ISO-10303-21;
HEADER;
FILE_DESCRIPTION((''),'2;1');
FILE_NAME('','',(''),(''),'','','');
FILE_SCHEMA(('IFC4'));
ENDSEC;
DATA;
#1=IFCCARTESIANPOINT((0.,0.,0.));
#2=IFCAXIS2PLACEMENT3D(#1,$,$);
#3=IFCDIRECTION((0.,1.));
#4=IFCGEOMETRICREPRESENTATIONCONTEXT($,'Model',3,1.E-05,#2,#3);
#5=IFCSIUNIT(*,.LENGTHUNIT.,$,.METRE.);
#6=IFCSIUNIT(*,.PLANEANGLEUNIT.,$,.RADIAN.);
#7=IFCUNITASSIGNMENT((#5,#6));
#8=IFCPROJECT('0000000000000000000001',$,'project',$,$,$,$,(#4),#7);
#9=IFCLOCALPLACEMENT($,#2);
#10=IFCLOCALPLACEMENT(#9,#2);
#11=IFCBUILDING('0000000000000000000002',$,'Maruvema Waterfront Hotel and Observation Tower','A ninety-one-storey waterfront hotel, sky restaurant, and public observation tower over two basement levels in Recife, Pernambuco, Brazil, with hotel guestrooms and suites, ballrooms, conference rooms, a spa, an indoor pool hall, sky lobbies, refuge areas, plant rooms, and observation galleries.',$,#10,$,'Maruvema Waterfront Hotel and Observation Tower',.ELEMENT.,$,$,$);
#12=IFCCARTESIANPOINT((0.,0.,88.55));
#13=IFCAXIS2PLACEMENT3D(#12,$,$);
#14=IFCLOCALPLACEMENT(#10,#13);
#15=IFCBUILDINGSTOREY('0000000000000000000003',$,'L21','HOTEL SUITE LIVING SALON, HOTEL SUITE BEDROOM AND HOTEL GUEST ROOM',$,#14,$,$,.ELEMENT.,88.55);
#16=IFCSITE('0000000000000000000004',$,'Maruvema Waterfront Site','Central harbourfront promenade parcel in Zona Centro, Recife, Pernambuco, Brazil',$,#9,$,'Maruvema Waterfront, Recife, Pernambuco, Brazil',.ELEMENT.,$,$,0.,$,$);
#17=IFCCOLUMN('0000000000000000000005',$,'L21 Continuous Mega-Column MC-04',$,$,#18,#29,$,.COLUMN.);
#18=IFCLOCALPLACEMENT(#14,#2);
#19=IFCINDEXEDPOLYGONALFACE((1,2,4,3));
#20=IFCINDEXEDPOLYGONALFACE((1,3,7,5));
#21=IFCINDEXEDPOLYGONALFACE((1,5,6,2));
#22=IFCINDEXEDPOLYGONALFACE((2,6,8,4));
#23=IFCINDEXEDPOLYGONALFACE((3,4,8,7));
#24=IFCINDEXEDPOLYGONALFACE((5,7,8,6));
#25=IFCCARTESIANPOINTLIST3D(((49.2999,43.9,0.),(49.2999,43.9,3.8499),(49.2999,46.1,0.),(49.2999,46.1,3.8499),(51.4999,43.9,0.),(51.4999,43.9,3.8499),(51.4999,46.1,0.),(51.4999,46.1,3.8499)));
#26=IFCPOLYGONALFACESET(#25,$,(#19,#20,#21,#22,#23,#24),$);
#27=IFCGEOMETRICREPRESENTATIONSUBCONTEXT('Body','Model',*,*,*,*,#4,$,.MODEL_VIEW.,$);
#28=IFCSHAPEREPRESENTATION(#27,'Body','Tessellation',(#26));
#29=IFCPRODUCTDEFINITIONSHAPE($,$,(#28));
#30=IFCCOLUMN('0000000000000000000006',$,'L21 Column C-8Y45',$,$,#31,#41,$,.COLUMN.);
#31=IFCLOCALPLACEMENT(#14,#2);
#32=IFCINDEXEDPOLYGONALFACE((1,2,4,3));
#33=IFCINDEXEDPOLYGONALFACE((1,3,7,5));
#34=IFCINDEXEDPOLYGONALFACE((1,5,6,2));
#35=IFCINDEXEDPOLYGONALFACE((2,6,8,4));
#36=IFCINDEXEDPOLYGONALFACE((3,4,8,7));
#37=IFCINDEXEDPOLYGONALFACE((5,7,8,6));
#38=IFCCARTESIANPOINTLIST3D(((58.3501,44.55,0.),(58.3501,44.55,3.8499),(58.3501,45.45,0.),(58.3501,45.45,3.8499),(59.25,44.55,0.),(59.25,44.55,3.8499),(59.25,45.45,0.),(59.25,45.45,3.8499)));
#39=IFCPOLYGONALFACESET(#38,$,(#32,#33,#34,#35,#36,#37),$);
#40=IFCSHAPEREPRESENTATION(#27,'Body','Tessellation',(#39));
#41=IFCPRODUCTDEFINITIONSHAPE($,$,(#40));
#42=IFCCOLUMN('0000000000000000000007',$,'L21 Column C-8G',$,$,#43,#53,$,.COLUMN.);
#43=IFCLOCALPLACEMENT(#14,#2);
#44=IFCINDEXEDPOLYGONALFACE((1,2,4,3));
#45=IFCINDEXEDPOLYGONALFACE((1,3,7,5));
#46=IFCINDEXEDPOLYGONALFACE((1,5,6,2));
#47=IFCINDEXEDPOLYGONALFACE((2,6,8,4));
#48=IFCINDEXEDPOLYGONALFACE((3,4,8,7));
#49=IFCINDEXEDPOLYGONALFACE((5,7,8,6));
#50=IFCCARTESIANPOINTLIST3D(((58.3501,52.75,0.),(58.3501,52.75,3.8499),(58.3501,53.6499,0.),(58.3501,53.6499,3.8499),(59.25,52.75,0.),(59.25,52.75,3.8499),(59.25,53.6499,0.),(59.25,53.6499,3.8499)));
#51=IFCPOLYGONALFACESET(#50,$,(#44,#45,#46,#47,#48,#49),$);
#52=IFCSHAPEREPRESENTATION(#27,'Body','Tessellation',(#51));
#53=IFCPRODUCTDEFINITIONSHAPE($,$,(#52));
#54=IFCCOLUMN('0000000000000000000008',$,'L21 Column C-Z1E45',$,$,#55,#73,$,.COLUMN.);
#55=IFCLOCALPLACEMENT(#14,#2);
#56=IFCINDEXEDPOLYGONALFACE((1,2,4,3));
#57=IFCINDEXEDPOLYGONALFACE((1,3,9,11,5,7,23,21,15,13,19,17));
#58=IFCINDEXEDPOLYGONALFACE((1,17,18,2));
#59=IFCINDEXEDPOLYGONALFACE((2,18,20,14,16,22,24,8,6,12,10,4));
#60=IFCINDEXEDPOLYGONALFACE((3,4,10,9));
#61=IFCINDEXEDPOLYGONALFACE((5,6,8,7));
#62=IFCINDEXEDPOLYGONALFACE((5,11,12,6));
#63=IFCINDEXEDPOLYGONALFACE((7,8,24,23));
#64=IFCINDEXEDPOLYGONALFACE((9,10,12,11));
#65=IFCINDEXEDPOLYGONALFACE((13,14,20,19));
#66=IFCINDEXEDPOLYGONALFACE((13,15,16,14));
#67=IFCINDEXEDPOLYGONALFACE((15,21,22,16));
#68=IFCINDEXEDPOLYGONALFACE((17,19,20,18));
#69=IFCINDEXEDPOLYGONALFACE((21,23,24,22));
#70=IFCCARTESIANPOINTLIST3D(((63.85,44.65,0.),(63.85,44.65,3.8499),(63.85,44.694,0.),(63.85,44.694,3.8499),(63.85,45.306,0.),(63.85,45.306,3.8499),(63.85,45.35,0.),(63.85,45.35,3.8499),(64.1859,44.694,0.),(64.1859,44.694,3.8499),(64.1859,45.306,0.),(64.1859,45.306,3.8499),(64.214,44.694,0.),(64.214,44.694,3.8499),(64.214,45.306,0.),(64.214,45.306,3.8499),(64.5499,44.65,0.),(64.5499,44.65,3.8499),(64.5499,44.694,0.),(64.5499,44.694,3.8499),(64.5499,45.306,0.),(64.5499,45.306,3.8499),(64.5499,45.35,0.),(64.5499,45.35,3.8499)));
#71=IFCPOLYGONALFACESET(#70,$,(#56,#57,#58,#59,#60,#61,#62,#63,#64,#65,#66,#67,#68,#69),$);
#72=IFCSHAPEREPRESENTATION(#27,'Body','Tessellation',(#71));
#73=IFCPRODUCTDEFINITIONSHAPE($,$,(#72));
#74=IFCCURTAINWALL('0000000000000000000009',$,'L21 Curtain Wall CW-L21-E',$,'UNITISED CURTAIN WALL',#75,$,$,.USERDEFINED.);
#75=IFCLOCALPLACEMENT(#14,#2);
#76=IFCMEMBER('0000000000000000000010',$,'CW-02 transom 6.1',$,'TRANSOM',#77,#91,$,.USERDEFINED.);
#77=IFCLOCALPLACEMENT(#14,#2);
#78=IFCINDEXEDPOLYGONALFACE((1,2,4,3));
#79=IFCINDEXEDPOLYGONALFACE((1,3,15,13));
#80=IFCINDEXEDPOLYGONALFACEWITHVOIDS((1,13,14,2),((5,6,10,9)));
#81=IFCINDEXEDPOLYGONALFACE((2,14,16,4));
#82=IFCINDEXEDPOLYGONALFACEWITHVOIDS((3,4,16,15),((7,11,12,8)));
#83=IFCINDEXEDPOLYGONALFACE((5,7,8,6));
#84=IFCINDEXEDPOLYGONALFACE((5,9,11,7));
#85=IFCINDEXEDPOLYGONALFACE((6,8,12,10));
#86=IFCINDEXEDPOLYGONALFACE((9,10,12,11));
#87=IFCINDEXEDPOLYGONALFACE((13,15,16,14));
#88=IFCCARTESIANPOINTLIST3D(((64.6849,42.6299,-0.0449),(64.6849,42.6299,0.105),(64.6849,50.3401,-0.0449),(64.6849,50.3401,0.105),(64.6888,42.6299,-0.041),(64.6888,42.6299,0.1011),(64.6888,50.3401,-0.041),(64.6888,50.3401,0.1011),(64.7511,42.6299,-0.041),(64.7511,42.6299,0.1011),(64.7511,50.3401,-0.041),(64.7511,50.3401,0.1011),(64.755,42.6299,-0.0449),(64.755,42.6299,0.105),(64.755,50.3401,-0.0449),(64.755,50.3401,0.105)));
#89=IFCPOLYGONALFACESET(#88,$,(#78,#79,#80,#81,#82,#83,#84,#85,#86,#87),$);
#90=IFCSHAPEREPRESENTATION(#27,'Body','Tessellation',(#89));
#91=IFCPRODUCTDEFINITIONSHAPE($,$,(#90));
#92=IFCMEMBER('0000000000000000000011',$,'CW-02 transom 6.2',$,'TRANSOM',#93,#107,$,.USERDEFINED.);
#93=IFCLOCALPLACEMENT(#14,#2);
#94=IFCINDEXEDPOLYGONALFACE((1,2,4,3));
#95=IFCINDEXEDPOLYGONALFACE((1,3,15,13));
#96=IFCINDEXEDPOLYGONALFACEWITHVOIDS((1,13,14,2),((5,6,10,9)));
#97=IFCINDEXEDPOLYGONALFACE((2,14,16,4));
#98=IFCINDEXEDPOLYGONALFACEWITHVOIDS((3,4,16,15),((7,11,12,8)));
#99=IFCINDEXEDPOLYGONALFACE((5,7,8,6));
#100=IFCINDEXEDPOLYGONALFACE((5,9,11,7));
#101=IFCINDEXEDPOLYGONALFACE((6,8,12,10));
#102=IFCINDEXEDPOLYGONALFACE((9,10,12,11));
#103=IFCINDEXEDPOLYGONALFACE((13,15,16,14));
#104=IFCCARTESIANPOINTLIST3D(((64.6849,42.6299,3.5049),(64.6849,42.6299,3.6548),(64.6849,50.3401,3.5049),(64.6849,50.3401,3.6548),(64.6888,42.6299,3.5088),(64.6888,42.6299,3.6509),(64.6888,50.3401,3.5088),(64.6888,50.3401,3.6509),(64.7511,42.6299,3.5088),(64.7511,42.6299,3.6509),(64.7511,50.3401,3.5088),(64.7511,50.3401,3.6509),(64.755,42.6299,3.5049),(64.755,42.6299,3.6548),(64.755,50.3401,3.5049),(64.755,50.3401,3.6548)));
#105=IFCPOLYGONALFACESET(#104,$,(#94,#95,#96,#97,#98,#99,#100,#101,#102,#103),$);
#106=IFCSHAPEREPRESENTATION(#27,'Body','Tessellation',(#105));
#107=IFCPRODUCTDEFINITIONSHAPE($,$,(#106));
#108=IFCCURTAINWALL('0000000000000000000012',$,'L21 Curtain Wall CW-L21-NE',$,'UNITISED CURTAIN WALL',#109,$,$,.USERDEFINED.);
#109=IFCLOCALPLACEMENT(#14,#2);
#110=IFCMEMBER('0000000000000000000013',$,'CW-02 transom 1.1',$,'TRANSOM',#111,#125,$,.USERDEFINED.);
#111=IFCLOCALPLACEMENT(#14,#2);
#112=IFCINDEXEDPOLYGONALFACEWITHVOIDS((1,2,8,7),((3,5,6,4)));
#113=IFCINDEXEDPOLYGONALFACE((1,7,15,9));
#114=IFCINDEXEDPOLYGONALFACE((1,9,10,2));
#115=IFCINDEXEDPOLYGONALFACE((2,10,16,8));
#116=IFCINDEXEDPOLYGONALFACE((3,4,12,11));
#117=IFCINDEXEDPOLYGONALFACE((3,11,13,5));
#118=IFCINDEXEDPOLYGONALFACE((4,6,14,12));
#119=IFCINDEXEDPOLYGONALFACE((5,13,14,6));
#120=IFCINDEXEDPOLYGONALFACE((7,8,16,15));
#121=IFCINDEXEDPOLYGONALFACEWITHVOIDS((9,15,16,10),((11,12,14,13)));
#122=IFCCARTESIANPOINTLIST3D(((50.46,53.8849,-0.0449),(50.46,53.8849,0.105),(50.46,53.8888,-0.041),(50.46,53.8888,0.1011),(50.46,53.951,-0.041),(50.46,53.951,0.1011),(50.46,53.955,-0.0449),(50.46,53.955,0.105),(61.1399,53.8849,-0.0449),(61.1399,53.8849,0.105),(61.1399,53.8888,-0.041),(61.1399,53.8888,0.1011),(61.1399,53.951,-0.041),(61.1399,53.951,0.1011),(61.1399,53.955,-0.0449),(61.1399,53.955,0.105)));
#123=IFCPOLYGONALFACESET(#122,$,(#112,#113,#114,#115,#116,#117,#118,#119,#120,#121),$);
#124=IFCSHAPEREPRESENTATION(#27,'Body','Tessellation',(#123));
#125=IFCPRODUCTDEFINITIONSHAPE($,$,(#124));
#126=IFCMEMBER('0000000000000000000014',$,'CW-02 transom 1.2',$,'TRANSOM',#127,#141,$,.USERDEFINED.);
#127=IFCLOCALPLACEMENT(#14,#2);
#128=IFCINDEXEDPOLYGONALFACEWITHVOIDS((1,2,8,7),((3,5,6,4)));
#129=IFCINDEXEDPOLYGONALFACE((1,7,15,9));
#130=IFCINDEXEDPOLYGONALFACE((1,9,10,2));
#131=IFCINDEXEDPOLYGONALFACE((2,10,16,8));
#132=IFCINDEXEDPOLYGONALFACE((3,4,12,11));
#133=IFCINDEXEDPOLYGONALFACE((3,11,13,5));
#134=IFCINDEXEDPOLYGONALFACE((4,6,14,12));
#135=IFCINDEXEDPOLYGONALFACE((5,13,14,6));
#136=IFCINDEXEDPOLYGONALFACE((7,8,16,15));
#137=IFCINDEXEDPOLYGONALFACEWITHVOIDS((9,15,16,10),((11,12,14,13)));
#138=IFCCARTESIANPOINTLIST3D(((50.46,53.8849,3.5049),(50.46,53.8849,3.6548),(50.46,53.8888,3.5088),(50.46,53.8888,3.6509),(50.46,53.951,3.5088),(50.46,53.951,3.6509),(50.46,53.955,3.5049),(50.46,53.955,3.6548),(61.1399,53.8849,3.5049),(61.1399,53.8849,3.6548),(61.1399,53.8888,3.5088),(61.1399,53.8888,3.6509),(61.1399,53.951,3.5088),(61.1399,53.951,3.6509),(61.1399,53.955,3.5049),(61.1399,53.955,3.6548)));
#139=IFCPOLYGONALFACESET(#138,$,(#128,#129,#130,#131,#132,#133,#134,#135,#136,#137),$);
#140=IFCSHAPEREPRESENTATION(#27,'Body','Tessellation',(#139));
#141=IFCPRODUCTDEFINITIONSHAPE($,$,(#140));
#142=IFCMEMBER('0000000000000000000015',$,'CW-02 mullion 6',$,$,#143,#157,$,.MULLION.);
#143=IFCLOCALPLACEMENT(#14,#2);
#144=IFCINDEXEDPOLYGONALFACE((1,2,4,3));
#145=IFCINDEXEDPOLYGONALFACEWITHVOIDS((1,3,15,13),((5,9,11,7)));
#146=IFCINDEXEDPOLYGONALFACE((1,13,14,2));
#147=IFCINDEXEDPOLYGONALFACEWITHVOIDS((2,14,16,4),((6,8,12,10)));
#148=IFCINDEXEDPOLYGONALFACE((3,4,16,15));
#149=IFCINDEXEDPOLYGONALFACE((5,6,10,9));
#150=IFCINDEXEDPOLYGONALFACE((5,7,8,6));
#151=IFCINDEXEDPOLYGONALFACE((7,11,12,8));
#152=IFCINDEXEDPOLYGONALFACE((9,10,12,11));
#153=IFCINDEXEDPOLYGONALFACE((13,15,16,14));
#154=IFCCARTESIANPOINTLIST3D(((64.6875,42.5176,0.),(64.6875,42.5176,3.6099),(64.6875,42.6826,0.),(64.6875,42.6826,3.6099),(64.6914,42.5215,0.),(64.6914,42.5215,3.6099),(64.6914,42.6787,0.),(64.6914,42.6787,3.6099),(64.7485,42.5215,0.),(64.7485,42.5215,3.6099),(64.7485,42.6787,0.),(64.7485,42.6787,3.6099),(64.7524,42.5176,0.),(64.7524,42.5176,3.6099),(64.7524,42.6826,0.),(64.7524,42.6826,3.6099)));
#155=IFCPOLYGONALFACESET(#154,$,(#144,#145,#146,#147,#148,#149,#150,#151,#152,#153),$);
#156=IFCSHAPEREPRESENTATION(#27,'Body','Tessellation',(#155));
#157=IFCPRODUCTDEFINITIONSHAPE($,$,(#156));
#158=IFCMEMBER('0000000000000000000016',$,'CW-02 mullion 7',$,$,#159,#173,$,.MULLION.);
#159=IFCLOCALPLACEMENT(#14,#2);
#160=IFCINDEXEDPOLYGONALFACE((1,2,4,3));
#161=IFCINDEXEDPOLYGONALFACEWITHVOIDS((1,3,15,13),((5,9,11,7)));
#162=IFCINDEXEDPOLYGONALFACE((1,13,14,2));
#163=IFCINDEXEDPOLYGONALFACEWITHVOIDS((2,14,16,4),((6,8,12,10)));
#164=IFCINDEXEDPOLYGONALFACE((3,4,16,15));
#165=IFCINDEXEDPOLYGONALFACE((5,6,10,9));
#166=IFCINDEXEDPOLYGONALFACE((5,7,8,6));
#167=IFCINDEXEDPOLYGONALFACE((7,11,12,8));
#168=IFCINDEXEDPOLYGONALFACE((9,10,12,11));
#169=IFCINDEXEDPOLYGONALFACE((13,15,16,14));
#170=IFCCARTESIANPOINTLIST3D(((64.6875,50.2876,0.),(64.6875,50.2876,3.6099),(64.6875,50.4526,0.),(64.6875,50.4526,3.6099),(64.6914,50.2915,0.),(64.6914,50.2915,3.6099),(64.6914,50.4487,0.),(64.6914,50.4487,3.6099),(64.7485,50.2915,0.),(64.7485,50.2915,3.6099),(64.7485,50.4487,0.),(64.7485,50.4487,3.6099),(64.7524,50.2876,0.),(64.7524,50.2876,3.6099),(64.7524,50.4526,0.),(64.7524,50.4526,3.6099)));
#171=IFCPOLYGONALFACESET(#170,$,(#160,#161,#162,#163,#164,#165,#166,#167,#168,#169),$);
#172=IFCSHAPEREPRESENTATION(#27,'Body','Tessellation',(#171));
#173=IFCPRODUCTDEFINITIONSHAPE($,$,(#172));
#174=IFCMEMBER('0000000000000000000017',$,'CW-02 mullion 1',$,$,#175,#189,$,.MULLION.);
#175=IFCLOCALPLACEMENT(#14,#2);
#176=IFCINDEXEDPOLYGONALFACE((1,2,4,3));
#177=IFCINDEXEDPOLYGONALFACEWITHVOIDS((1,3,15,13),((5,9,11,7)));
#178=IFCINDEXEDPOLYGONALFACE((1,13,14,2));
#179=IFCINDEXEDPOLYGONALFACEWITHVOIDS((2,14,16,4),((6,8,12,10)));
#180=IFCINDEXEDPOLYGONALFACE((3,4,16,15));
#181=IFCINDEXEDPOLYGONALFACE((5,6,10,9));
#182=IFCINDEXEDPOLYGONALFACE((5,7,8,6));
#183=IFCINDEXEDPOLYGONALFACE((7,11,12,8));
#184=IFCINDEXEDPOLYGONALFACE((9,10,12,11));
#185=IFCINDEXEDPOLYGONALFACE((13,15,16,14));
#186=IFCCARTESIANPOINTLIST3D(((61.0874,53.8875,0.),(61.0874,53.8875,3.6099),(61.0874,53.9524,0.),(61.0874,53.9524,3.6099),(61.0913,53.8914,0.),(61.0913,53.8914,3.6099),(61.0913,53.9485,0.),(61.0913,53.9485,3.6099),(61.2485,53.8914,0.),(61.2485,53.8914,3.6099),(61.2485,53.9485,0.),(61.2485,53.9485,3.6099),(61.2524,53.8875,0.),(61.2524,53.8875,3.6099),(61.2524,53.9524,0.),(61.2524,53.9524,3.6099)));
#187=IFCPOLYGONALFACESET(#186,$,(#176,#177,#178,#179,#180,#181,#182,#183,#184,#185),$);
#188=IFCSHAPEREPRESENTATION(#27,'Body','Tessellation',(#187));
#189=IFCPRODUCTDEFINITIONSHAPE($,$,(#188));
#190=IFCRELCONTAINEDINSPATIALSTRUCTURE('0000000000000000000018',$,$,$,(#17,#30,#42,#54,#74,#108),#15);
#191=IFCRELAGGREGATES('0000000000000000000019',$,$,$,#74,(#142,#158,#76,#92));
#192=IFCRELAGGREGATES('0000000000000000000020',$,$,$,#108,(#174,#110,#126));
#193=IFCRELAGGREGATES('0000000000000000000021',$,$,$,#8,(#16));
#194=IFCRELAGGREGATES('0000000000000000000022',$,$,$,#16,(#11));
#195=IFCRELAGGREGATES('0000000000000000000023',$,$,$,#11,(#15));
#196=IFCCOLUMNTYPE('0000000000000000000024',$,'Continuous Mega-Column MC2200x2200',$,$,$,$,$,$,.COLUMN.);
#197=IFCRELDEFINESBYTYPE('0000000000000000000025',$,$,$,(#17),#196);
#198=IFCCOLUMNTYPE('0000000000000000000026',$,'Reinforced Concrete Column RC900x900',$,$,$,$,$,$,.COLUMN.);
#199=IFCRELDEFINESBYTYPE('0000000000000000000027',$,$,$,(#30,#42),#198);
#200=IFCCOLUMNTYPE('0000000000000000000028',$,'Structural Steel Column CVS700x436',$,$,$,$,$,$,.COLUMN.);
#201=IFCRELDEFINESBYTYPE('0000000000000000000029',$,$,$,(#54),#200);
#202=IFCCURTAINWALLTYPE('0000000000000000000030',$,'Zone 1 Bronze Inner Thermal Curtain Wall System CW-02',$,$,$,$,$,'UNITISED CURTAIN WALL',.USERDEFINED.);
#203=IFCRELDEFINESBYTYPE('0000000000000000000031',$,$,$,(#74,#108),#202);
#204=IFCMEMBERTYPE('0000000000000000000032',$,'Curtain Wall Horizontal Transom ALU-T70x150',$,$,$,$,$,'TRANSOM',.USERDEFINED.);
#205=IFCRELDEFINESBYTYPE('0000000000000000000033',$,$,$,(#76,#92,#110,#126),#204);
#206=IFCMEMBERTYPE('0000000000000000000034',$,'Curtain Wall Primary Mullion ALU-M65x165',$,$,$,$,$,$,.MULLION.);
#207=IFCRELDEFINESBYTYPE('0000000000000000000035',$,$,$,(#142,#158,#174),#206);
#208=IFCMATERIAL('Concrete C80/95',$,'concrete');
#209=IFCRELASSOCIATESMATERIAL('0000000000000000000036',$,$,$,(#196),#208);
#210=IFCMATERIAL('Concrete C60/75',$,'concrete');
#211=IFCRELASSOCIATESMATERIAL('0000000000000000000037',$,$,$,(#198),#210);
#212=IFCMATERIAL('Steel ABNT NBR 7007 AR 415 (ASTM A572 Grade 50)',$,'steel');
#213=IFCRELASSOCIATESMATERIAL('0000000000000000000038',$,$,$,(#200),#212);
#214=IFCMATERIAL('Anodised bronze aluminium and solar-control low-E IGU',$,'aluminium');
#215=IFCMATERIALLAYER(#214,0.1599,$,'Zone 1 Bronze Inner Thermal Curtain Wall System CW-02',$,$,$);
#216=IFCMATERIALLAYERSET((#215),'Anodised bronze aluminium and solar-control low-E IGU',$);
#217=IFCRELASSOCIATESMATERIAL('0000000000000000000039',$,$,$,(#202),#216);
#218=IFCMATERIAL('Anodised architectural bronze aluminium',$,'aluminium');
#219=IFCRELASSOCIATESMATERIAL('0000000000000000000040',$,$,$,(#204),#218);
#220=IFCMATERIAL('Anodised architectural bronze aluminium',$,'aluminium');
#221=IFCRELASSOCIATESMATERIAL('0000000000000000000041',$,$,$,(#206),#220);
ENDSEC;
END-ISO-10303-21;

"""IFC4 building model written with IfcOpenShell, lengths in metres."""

from ifc_helpers import new_model, si_unit, direction, frame, origin, origin_2d, place, context, subcontext, project, spatial, rectangle, hollow_rectangle, i_section, extrude, material, layer, layer_set, material_profile, profile_set, type_object, element, aggregate, save


model = new_model("IFC4")

# Units and contexts
model_context = context("Model", 3, precision=1e-05, world=origin(), true_north=direction((0.0, 1.0)))
body_context = subcontext(model_context, "Body", "Model", "MODEL_VIEW")
ifc_project = project(units=[si_unit("LENGTHUNIT", "METRE"), si_unit("PLANEANGLEUNIT", "RADIAN")], contexts=[model_context])

# Site, building, storey
site_placement = place(None, origin())
site = spatial("IfcSite", under=ifc_project, at=site_placement, Name="Maruvema Waterfront Site", Description="Central harbourfront promenade parcel in Zona Centro, Recife, Pernambuco, Brazil", LongName="Maruvema Waterfront, Recife, Pernambuco, Brazil", CompositionType="ELEMENT", RefElevation=0.0)
building_placement = place(site_placement, origin())
building = spatial("IfcBuilding", under=site, at=building_placement, Name="Maruvema Waterfront Hotel and Observation Tower", Description="A ninety-one-storey waterfront hotel, sky restaurant, and public observation tower over two basement levels in Recife, Pernambuco, Brazil, with hotel guestrooms and suites, ballrooms, conference rooms, a spa, an indoor pool hall, sky lobbies, refuge areas, plant rooms, and observation galleries.", LongName="Maruvema Waterfront Hotel and Observation Tower", CompositionType="ELEMENT")
storey_placement = place(building_placement, frame((0.0, 0.0, 88.55)))
storey = spatial("IfcBuildingStorey", under=building, at=storey_placement, Name="L21", Description="HOTEL SUITE LIVING SALON, HOTEL SUITE BEDROOM AND HOTEL GUEST ROOM", CompositionType="ELEMENT", Elevation=88.55)

# Columns
ifc_material_1 = material(Name="Concrete C80/95", Category="concrete")
ifc_material_profile_1 = material_profile(ifc_material_1, rectangle(XDim=2.2, YDim=2.2, at=origin_2d()), Name="MC2200x2200")
ifc_profile_set_1 = profile_set([ifc_material_profile_1], Name="Concrete C80/95")
column_type_1 = type_object("IfcColumnType", Name="Continuous Mega-Column MC2200x2200", PredefinedType="COLUMN", material=ifc_profile_set_1)
column_1_placement = place(storey_placement, frame((50.3999, 45.0, 0.0), z_axis=(0.0, 0.0, 1.0), x_axis=(1.0, 0.0, 0.0)))
element("IfcColumn", 1, at=column_1_placement, inside=storey, type_object=column_type_1, Name="L21 Continuous Mega-Column MC-04", PredefinedType="COLUMN", context=body_context, shape_type="SweptSolid", body=[
    extrude(rectangle(XDim=2.2, YDim=2.2, at=origin_2d()), origin(), (0.0, 0.0, 1.0), 3.8499),
])
ifc_material_2 = material(Name="Concrete C60/75", Category="concrete")
ifc_material_profile_2 = material_profile(ifc_material_2, rectangle(XDim=0.8999, YDim=0.8999, at=origin_2d()), Name="RC900x900")
ifc_profile_set_2 = profile_set([ifc_material_profile_2], Name="Concrete C60/75")
column_type_2 = type_object("IfcColumnType", Name="Reinforced Concrete Column RC900x900", PredefinedType="COLUMN", material=ifc_profile_set_2)
for number, where, z_axis, x_axis, name in (
    (2, (58.8, 45.0, 0.0), (0.0, 0.0, 1.0), (1.0, 0.0, 0.0), "L21 Column C-8Y45"),
    (3, (58.8, 53.2, 0.0), (0.0, 0.0, 1.0), (1.0, 0.0, 0.0), "L21 Column C-8G"),
):
    element("IfcColumn", number, at=place(storey_placement, frame(where, z_axis=z_axis, x_axis=x_axis)), inside=storey, type_object=column_type_2, Name=name, PredefinedType="COLUMN", context=body_context, shape_type="SweptSolid", body=[
        extrude(rectangle(XDim=0.8999, YDim=0.8999, at=origin_2d()), origin(), (0.0, 0.0, 1.0), 3.8499),
    ])
ifc_material_3 = material(Name="Steel ABNT NBR 7007 AR 415 (ASTM A572 Grade 50)", Category="steel")
ifc_material_profile_3 = material_profile(ifc_material_3, i_section(OverallWidth=0.7, OverallDepth=0.7, WebThickness=0.0281, FlangeThickness=0.0439, at=origin_2d()), Name="CVS700x436")
ifc_profile_set_3 = profile_set([ifc_material_profile_3], Name="Steel ABNT NBR 7007 AR 415 (ASTM A572 Grade 50)")
column_type_3 = type_object("IfcColumnType", Name="Structural Steel Column CVS700x436", PredefinedType="COLUMN", material=ifc_profile_set_3)
column_2_placement = place(storey_placement, frame((64.2, 45.0, 0.0), z_axis=(0.0, 0.0, 1.0), x_axis=(1.0, 0.0, 0.0)))
element("IfcColumn", 4, at=column_2_placement, inside=storey, type_object=column_type_3, Name="L21 Column C-Z1E45", PredefinedType="COLUMN", context=body_context, shape_type="SweptSolid", body=[
    extrude(i_section(OverallWidth=0.7, OverallDepth=0.7, WebThickness=0.0281, FlangeThickness=0.0439, at=origin_2d()), origin(), (0.0, 0.0, 1.0), 3.8499),
])

# Curtain walls, members
ifc_material_4 = material(Name="Anodised bronze aluminium and solar-control low-E IGU", Category="aluminium")
ifc_layer_1 = layer(ifc_material_4, 0.1599, Name="Zone 1 Bronze Inner Thermal Curtain Wall System CW-02")
ifc_layer_set_1 = layer_set([ifc_layer_1], Name="Anodised bronze aluminium and solar-control low-E IGU")
curtain_wall_type = type_object("IfcCurtainWallType", Name="Zone 1 Bronze Inner Thermal Curtain Wall System CW-02", ElementType="UNITISED CURTAIN WALL", PredefinedType="USERDEFINED", material=ifc_layer_set_1)
curtain_wall_1_placement = place(storey_placement, origin())
curtain_wall_1 = element("IfcCurtainWall", 5, at=curtain_wall_1_placement, inside=storey, type_object=curtain_wall_type, Name="L21 Curtain Wall CW-L21-E", ObjectType="UNITISED CURTAIN WALL", PredefinedType="USERDEFINED")
ifc_material_5 = material(Name="Anodised architectural bronze aluminium", Category="aluminium")
ifc_material_profile_4 = material_profile(ifc_material_5, hollow_rectangle(XDim=0.0701, YDim=0.1499, WallThickness=0.0039, at=origin_2d()), Name="ALU-T70x150")
ifc_profile_set_4 = profile_set([ifc_material_profile_4], Name="Anodised architectural bronze aluminium")
member_type_1 = type_object("IfcMemberType", Name="Curtain Wall Horizontal Transom ALU-T70x150", ElementType="TRANSOM", PredefinedType="USERDEFINED", material=ifc_profile_set_4)
member_1_placement = place(storey_placement, frame((64.72, 42.6299, 0.03), z_axis=(0.0, 1.0, 0.0), x_axis=(-1.0, 0.0, 0.0)))
member_1 = element("IfcMember", 6, at=member_1_placement, type_object=member_type_1, Name="CW-02 transom 6.1", ObjectType="TRANSOM", PredefinedType="USERDEFINED", context=body_context, shape_type="SweptSolid", body=[
    extrude(hollow_rectangle(XDim=0.0701, YDim=0.1499, WallThickness=0.0039, at=origin_2d()), origin(), (0.0, 0.0, 1.0), 7.7102),
])
member_2_placement = place(storey_placement, frame((64.72, 42.6299, 3.5798), z_axis=(0.0, 1.0, 0.0), x_axis=(-1.0, 0.0, 0.0)))
member_2 = element("IfcMember", 7, at=member_2_placement, type_object=member_type_1, Name="CW-02 transom 6.2", ObjectType="TRANSOM", PredefinedType="USERDEFINED", context=body_context, shape_type="SweptSolid", body=[
    extrude(hollow_rectangle(XDim=0.0701, YDim=0.1499, WallThickness=0.0039, at=origin_2d()), origin(), (0.0, 0.0, 1.0), 7.7102),
])
curtain_wall_2_placement = place(storey_placement, origin())
curtain_wall_2 = element("IfcCurtainWall", 8, at=curtain_wall_2_placement, inside=storey, type_object=curtain_wall_type, Name="L21 Curtain Wall CW-L21-NE", ObjectType="UNITISED CURTAIN WALL", PredefinedType="USERDEFINED")
member_3_placement = place(storey_placement, frame((61.1399, 53.9199, 0.03), z_axis=(-1.0, 0.0, 0.0), x_axis=(0.0, -1.0, 0.0)))
member_3 = element("IfcMember", 9, at=member_3_placement, type_object=member_type_1, Name="CW-02 transom 1.1", ObjectType="TRANSOM", PredefinedType="USERDEFINED", context=body_context, shape_type="SweptSolid", body=[
    extrude(hollow_rectangle(XDim=0.0701, YDim=0.1499, WallThickness=0.0039, at=origin_2d()), origin(), (0.0, 0.0, 1.0), 10.6799),
])
member_4_placement = place(storey_placement, frame((61.1399, 53.9199, 3.5798), z_axis=(-1.0, 0.0, 0.0), x_axis=(0.0, -1.0, 0.0)))
member_4 = element("IfcMember", 10, at=member_4_placement, type_object=member_type_1, Name="CW-02 transom 1.2", ObjectType="TRANSOM", PredefinedType="USERDEFINED", context=body_context, shape_type="SweptSolid", body=[
    extrude(hollow_rectangle(XDim=0.0701, YDim=0.1499, WallThickness=0.0039, at=origin_2d()), origin(), (0.0, 0.0, 1.0), 10.6799),
])

# Members
ifc_material_6 = material(Name="Anodised architectural bronze aluminium", Category="aluminium")
ifc_material_profile_5 = material_profile(ifc_material_6, hollow_rectangle(XDim=0.0649, YDim=0.165, WallThickness=0.0039, at=origin_2d()), Name="ALU-M65x165")
ifc_profile_set_5 = profile_set([ifc_material_profile_5], Name="Anodised architectural bronze aluminium")
member_type_2 = type_object("IfcMemberType", Name="Curtain Wall Primary Mullion ALU-M65x165", PredefinedType="MULLION", material=ifc_profile_set_5)
member_5_placement = place(storey_placement, frame((64.72, 42.6001, 0.0), z_axis=(0.0, 0.0, 1.0), x_axis=(-1.0, 0.0, 0.0)))
member_5 = element("IfcMember", 11, at=member_5_placement, type_object=member_type_2, Name="CW-02 mullion 6", PredefinedType="MULLION", context=body_context, shape_type="SweptSolid", body=[
    extrude(hollow_rectangle(XDim=0.0649, YDim=0.165, WallThickness=0.0039, at=origin_2d()), origin(), (0.0, 0.0, 1.0), 3.6099),
])
member_6_placement = place(storey_placement, frame((64.72, 50.3701, 0.0), z_axis=(0.0, 0.0, 1.0), x_axis=(-1.0, 0.0, 0.0)))
member_6 = element("IfcMember", 12, at=member_6_placement, type_object=member_type_2, Name="CW-02 mullion 7", PredefinedType="MULLION", context=body_context, shape_type="SweptSolid", body=[
    extrude(hollow_rectangle(XDim=0.0649, YDim=0.165, WallThickness=0.0039, at=origin_2d()), origin(), (0.0, 0.0, 1.0), 3.6099),
])
member_7_placement = place(storey_placement, frame((61.1699, 53.9199, 0.0), z_axis=(0.0, 0.0, 1.0), x_axis=(0.0, -1.0, 0.0)))
member_7 = element("IfcMember", 13, at=member_7_placement, type_object=member_type_2, Name="CW-02 mullion 1", PredefinedType="MULLION", context=body_context, shape_type="SweptSolid", body=[
    extrude(hollow_rectangle(XDim=0.0649, YDim=0.165, WallThickness=0.0039, at=origin_2d()), origin(), (0.0, 0.0, 1.0), 3.6099),
])

aggregate(curtain_wall_1, [member_5, member_6, member_1, member_2])
aggregate(curtain_wall_2, [member_7, member_3, member_4])

save(model, "model.ifc")
